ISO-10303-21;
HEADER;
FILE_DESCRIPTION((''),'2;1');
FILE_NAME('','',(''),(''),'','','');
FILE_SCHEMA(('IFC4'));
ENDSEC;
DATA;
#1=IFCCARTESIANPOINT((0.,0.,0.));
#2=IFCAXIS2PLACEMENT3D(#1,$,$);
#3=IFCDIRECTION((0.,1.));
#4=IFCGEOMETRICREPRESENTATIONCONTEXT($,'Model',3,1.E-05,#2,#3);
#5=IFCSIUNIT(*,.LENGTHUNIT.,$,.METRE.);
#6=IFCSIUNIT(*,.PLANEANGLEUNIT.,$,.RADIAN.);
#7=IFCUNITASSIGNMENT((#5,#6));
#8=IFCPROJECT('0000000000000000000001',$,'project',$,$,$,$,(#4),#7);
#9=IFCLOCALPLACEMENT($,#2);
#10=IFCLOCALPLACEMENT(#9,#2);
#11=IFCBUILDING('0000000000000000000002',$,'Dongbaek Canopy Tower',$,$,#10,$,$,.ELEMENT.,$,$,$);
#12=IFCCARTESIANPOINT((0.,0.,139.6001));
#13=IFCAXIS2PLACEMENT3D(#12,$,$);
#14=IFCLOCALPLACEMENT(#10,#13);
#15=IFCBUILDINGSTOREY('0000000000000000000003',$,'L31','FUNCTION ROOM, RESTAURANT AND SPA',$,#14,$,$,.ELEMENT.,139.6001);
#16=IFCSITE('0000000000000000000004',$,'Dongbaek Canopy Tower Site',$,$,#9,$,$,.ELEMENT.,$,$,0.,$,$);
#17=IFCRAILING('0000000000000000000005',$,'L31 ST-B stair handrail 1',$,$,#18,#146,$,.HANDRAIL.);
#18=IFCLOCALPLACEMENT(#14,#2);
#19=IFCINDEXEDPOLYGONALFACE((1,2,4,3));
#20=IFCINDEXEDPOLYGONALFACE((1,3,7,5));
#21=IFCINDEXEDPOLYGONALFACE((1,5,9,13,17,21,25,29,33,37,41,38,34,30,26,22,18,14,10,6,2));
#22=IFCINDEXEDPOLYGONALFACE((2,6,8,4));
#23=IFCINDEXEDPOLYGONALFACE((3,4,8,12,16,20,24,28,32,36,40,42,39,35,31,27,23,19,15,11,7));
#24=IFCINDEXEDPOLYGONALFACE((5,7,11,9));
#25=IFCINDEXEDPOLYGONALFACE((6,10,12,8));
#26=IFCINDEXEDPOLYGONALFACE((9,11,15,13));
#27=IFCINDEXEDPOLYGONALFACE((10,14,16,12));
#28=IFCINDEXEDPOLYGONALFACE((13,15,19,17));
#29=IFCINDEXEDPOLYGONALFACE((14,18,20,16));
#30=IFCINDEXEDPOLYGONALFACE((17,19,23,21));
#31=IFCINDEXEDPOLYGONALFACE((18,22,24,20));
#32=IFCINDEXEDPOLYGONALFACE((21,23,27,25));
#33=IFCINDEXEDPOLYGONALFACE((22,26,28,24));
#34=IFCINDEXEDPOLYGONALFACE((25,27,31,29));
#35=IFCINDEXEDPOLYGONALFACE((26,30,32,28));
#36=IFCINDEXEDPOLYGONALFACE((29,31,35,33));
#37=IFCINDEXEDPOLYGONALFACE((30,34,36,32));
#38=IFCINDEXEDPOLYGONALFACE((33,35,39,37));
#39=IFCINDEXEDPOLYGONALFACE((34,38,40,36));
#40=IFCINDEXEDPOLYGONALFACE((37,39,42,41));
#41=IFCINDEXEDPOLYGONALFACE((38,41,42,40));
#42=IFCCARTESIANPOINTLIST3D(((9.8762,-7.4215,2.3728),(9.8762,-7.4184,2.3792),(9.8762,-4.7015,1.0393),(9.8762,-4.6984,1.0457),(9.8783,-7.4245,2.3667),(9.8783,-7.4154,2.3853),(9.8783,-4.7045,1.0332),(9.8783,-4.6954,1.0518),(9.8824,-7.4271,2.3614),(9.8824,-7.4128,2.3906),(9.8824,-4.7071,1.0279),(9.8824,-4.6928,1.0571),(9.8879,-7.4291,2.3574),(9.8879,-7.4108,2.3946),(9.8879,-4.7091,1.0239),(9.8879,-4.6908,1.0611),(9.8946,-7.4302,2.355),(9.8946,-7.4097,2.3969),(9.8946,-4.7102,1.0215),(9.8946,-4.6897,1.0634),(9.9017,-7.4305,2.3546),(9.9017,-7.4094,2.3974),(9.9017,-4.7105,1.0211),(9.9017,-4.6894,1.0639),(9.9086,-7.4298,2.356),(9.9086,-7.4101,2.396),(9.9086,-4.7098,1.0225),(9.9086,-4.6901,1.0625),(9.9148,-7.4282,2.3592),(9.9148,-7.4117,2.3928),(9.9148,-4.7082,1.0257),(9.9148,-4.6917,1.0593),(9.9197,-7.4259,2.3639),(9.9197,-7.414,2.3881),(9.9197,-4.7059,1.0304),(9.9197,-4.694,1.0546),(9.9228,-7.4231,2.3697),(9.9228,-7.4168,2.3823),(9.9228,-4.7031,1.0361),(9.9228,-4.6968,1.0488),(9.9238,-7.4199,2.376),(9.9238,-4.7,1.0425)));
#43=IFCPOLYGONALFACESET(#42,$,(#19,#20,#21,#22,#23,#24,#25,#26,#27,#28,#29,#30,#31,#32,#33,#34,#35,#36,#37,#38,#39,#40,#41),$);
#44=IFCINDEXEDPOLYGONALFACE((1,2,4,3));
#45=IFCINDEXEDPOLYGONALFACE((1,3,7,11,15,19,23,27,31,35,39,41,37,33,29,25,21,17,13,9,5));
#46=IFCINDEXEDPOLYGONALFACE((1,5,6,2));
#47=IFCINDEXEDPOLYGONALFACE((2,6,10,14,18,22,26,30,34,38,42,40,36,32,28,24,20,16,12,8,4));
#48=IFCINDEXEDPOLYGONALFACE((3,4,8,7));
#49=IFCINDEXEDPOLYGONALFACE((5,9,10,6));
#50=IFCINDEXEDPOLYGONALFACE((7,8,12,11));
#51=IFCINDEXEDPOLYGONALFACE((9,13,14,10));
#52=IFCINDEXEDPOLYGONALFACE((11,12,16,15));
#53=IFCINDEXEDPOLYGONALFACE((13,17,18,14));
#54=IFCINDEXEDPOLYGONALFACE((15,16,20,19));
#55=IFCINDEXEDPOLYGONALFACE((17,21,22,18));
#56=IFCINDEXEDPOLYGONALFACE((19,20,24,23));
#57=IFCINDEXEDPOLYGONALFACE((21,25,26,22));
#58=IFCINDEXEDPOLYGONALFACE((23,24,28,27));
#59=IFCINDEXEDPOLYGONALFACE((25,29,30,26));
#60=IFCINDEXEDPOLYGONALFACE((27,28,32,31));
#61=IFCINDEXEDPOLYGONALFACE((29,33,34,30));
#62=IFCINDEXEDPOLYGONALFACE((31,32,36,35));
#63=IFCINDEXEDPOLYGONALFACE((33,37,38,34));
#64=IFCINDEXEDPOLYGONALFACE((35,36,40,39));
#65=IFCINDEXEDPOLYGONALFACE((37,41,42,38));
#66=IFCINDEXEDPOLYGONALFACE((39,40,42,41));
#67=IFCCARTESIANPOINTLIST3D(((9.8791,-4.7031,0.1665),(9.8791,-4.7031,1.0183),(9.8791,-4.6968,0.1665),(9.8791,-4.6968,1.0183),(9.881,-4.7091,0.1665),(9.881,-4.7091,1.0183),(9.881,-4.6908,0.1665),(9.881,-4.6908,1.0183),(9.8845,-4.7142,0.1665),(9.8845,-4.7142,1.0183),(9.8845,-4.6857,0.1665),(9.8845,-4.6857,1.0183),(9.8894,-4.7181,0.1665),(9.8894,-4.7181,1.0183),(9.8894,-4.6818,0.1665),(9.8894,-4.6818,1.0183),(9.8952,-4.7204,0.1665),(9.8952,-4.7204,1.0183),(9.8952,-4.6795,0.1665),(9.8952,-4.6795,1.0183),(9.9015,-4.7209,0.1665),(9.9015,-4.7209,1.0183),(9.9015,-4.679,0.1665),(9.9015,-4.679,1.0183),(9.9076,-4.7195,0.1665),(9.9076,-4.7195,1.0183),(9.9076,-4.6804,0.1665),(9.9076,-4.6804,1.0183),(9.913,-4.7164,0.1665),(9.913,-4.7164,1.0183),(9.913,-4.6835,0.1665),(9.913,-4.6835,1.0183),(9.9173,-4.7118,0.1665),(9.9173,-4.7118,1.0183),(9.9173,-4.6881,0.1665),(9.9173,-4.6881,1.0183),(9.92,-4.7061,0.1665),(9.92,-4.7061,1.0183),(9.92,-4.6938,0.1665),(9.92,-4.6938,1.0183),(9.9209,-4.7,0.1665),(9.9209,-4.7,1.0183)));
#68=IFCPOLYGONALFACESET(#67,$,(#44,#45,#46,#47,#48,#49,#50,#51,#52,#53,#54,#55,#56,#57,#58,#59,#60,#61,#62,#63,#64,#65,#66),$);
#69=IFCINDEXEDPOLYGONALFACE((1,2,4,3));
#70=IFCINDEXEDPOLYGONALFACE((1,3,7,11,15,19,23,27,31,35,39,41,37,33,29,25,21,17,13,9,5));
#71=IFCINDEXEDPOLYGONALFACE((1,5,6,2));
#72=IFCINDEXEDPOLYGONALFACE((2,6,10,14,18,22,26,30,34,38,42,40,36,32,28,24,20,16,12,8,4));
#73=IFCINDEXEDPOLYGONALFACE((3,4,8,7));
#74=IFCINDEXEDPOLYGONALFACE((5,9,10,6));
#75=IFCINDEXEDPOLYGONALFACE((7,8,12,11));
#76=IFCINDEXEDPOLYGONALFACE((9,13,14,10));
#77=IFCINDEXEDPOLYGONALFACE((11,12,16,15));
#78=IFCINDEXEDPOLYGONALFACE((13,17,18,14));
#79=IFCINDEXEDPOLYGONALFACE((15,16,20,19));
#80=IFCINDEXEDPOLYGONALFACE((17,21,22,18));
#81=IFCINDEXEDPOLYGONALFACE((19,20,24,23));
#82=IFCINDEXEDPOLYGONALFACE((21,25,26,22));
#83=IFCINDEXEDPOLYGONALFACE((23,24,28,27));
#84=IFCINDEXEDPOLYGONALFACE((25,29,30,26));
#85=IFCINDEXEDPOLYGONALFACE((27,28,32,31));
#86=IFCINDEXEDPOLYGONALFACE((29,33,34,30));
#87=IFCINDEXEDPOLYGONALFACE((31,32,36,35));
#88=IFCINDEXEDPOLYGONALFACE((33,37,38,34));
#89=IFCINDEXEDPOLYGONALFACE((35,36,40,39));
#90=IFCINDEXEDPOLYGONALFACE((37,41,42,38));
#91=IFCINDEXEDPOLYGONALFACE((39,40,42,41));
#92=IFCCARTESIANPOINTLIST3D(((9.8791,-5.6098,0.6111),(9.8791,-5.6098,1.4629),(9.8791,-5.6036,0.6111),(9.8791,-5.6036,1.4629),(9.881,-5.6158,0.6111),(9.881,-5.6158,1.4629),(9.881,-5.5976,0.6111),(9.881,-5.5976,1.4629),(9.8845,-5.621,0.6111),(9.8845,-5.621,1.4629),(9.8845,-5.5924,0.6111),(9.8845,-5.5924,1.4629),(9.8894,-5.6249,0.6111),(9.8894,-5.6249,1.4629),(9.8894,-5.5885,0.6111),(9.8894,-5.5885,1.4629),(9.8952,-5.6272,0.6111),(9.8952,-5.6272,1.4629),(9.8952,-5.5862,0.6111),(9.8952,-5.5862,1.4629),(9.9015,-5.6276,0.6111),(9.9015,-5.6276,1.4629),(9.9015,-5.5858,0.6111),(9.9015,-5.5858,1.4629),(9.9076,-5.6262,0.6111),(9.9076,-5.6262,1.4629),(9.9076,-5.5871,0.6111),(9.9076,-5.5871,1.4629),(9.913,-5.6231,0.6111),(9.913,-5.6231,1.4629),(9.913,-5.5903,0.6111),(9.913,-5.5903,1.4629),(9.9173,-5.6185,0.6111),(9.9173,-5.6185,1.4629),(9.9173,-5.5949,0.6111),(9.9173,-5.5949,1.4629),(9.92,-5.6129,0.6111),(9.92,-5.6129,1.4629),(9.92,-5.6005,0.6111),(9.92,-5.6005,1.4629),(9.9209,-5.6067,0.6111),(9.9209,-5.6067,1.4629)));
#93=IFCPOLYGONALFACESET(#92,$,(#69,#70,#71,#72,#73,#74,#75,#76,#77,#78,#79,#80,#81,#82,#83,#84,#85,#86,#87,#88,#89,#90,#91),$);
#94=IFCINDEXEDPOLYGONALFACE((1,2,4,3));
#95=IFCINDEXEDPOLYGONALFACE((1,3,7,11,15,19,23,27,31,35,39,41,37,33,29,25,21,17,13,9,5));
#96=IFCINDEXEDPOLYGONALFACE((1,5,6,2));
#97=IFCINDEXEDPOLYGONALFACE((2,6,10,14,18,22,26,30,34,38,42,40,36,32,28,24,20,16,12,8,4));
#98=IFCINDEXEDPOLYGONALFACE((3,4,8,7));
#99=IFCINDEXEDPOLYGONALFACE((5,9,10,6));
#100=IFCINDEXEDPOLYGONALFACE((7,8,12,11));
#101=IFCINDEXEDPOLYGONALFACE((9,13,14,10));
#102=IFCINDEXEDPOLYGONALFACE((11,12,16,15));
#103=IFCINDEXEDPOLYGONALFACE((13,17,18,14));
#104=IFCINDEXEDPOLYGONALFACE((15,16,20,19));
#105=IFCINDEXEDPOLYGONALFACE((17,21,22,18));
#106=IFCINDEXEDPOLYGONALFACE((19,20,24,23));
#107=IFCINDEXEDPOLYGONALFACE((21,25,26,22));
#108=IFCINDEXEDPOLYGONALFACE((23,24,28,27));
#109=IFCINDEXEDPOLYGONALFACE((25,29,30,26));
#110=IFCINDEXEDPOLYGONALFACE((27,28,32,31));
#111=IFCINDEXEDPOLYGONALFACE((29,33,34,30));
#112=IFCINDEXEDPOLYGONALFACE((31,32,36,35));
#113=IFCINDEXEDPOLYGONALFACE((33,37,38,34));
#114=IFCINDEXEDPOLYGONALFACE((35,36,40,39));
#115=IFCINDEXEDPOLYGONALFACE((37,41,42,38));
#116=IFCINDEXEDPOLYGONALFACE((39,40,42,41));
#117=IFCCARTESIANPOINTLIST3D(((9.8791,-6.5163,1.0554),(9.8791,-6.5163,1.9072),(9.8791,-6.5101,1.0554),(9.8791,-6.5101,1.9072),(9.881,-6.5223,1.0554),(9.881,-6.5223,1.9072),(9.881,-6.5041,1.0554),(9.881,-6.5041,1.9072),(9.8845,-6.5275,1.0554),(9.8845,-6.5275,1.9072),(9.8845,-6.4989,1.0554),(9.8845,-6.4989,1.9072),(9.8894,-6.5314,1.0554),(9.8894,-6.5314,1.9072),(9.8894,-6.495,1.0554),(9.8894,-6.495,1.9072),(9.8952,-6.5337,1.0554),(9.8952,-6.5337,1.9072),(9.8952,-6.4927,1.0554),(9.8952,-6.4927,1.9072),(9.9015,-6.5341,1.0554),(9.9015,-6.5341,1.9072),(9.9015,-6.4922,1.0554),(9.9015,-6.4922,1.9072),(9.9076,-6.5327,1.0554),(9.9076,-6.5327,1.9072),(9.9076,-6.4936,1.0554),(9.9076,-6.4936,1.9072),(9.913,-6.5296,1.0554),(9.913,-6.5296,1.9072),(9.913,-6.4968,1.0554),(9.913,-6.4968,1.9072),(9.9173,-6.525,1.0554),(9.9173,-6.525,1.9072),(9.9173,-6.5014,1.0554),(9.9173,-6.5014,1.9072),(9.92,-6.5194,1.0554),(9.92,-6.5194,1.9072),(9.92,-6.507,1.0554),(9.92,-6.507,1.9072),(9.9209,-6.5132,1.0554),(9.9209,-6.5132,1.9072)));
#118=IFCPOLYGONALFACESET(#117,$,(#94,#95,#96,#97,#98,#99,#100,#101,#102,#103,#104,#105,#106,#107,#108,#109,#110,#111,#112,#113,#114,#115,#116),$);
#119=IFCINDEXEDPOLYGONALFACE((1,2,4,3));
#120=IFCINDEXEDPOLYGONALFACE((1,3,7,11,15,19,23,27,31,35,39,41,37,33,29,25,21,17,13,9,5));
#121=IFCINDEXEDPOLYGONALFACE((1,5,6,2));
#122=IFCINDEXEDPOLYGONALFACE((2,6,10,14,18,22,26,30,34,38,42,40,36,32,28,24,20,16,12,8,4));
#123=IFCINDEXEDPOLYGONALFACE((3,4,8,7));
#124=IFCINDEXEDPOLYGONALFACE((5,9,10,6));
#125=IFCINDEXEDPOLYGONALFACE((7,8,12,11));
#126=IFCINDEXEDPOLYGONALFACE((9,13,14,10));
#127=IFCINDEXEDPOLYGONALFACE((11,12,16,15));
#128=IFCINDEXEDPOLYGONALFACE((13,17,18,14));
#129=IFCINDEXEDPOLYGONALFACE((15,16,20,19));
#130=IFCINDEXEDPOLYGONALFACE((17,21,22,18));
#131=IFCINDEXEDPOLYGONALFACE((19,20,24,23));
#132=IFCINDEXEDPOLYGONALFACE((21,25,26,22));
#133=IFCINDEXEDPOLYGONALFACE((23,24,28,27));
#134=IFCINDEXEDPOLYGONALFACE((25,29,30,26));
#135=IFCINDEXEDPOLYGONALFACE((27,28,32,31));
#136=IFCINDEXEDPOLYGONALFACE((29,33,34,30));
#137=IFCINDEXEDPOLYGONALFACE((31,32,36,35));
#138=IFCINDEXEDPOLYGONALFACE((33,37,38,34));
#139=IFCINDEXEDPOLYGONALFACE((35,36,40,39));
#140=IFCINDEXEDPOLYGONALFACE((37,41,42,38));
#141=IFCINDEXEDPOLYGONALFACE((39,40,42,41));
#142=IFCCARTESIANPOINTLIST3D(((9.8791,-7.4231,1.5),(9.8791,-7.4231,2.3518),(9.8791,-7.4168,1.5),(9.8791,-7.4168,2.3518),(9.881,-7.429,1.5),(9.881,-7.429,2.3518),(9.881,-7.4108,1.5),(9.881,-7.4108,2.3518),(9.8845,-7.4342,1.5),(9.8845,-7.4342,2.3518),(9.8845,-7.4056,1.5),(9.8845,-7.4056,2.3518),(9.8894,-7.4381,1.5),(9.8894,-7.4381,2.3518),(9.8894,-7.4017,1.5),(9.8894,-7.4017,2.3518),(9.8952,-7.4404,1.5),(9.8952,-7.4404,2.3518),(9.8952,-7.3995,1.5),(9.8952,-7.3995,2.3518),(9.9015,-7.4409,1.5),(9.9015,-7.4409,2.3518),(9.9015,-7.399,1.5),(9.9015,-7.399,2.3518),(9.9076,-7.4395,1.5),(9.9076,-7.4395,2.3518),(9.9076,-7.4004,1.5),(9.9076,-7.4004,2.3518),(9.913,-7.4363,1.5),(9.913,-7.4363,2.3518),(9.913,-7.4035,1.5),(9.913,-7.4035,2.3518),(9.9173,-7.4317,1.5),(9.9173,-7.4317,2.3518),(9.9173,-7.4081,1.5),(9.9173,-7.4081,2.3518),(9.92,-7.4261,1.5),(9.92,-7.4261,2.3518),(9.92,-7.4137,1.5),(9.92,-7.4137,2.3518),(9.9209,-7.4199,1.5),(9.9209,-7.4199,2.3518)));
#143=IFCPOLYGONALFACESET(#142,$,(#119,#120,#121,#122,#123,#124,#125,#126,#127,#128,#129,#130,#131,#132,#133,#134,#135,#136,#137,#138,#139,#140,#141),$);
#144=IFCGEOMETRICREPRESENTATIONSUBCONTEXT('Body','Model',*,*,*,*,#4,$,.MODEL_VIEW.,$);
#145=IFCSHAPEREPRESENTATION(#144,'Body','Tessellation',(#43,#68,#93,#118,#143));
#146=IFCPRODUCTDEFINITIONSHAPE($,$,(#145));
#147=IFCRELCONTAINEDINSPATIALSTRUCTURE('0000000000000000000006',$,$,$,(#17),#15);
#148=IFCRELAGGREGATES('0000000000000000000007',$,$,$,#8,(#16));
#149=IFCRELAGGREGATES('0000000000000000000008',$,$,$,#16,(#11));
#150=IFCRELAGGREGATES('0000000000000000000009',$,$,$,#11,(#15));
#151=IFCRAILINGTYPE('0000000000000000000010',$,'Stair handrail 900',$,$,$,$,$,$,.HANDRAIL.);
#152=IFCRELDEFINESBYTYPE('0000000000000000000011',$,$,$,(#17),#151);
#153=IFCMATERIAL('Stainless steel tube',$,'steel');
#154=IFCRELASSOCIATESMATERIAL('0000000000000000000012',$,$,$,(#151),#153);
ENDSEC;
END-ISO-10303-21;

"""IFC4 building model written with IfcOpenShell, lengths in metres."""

from ifc_helpers import new_model, si_unit, direction, frame, origin, origin_2d, place, context, subcontext, project, spatial, circle, extrude, material, type_object, element, save


model = new_model("IFC4")

# Units and contexts
model_context = context("Model", 3, precision=1e-05, world=origin(), true_north=direction((0.0, 1.0)))
body_context = subcontext(model_context, "Body", "Model", "MODEL_VIEW")
ifc_project = project(units=[si_unit("LENGTHUNIT", "METRE"), si_unit("PLANEANGLEUNIT", "RADIAN")], contexts=[model_context])

# Site, building, storey
site_placement = place(None, origin())
site = spatial("IfcSite", under=ifc_project, at=site_placement, Name="Dongbaek Canopy Tower Site", CompositionType="ELEMENT", RefElevation=0.0)
building_placement = place(site_placement, origin())
building = spatial("IfcBuilding", under=site, at=building_placement, Name="Dongbaek Canopy Tower", CompositionType="ELEMENT")
storey_placement = place(building_placement, frame((0.0, 0.0, 139.6001)))
storey = spatial("IfcBuildingStorey", under=building, at=storey_placement, Name="L31", Description="FUNCTION ROOM, RESTAURANT AND SPA", CompositionType="ELEMENT", Elevation=139.6001)

# Railing
ifc_material_1 = material(Name="Stainless steel tube", Category="steel")
railing_type_1 = type_object("IfcRailingType", Name="Stair handrail 900", PredefinedType="HANDRAIL", material=ifc_material_1)
for number, where, name in (
    (1, (9.8999, -4.7, 0.1665), "L31 ST-B stair handrail 1"),
):
    element("IfcRailing", number, at=place(storey_placement, frame(where)), inside=storey, type_object=railing_type_1, Name=name, PredefinedType="HANDRAIL", context=body_context, shape_type="SweptSolid", body=[
        extrude(circle(Radius=0.0239, at=origin_2d()), frame((0.0, 0.0, 0.876), z_axis=(0.0, -0.897898, 0.440204), x_axis=(1.0, 0.0, 0.0)), (0.0, 0.0, 1.0), 3.0293),
        extrude(circle(Radius=0.021, at=origin_2d()), origin(), (0.0, 0.0, 1.0), 0.8518),
        extrude(circle(Radius=0.021, at=origin_2d()), frame((0.0, -0.9067, 0.4446)), (0.0, 0.0, 1.0), 0.8518),
        extrude(circle(Radius=0.021, at=origin_2d()), frame((0.0, -1.8132, 0.8889)), (0.0, 0.0, 1.0), 0.8518),
        extrude(circle(Radius=0.021, at=origin_2d()), frame((0.0, -2.72, 1.3335)), (0.0, 0.0, 1.0), 0.8518),
    ])

save(model, "model.ifc")
